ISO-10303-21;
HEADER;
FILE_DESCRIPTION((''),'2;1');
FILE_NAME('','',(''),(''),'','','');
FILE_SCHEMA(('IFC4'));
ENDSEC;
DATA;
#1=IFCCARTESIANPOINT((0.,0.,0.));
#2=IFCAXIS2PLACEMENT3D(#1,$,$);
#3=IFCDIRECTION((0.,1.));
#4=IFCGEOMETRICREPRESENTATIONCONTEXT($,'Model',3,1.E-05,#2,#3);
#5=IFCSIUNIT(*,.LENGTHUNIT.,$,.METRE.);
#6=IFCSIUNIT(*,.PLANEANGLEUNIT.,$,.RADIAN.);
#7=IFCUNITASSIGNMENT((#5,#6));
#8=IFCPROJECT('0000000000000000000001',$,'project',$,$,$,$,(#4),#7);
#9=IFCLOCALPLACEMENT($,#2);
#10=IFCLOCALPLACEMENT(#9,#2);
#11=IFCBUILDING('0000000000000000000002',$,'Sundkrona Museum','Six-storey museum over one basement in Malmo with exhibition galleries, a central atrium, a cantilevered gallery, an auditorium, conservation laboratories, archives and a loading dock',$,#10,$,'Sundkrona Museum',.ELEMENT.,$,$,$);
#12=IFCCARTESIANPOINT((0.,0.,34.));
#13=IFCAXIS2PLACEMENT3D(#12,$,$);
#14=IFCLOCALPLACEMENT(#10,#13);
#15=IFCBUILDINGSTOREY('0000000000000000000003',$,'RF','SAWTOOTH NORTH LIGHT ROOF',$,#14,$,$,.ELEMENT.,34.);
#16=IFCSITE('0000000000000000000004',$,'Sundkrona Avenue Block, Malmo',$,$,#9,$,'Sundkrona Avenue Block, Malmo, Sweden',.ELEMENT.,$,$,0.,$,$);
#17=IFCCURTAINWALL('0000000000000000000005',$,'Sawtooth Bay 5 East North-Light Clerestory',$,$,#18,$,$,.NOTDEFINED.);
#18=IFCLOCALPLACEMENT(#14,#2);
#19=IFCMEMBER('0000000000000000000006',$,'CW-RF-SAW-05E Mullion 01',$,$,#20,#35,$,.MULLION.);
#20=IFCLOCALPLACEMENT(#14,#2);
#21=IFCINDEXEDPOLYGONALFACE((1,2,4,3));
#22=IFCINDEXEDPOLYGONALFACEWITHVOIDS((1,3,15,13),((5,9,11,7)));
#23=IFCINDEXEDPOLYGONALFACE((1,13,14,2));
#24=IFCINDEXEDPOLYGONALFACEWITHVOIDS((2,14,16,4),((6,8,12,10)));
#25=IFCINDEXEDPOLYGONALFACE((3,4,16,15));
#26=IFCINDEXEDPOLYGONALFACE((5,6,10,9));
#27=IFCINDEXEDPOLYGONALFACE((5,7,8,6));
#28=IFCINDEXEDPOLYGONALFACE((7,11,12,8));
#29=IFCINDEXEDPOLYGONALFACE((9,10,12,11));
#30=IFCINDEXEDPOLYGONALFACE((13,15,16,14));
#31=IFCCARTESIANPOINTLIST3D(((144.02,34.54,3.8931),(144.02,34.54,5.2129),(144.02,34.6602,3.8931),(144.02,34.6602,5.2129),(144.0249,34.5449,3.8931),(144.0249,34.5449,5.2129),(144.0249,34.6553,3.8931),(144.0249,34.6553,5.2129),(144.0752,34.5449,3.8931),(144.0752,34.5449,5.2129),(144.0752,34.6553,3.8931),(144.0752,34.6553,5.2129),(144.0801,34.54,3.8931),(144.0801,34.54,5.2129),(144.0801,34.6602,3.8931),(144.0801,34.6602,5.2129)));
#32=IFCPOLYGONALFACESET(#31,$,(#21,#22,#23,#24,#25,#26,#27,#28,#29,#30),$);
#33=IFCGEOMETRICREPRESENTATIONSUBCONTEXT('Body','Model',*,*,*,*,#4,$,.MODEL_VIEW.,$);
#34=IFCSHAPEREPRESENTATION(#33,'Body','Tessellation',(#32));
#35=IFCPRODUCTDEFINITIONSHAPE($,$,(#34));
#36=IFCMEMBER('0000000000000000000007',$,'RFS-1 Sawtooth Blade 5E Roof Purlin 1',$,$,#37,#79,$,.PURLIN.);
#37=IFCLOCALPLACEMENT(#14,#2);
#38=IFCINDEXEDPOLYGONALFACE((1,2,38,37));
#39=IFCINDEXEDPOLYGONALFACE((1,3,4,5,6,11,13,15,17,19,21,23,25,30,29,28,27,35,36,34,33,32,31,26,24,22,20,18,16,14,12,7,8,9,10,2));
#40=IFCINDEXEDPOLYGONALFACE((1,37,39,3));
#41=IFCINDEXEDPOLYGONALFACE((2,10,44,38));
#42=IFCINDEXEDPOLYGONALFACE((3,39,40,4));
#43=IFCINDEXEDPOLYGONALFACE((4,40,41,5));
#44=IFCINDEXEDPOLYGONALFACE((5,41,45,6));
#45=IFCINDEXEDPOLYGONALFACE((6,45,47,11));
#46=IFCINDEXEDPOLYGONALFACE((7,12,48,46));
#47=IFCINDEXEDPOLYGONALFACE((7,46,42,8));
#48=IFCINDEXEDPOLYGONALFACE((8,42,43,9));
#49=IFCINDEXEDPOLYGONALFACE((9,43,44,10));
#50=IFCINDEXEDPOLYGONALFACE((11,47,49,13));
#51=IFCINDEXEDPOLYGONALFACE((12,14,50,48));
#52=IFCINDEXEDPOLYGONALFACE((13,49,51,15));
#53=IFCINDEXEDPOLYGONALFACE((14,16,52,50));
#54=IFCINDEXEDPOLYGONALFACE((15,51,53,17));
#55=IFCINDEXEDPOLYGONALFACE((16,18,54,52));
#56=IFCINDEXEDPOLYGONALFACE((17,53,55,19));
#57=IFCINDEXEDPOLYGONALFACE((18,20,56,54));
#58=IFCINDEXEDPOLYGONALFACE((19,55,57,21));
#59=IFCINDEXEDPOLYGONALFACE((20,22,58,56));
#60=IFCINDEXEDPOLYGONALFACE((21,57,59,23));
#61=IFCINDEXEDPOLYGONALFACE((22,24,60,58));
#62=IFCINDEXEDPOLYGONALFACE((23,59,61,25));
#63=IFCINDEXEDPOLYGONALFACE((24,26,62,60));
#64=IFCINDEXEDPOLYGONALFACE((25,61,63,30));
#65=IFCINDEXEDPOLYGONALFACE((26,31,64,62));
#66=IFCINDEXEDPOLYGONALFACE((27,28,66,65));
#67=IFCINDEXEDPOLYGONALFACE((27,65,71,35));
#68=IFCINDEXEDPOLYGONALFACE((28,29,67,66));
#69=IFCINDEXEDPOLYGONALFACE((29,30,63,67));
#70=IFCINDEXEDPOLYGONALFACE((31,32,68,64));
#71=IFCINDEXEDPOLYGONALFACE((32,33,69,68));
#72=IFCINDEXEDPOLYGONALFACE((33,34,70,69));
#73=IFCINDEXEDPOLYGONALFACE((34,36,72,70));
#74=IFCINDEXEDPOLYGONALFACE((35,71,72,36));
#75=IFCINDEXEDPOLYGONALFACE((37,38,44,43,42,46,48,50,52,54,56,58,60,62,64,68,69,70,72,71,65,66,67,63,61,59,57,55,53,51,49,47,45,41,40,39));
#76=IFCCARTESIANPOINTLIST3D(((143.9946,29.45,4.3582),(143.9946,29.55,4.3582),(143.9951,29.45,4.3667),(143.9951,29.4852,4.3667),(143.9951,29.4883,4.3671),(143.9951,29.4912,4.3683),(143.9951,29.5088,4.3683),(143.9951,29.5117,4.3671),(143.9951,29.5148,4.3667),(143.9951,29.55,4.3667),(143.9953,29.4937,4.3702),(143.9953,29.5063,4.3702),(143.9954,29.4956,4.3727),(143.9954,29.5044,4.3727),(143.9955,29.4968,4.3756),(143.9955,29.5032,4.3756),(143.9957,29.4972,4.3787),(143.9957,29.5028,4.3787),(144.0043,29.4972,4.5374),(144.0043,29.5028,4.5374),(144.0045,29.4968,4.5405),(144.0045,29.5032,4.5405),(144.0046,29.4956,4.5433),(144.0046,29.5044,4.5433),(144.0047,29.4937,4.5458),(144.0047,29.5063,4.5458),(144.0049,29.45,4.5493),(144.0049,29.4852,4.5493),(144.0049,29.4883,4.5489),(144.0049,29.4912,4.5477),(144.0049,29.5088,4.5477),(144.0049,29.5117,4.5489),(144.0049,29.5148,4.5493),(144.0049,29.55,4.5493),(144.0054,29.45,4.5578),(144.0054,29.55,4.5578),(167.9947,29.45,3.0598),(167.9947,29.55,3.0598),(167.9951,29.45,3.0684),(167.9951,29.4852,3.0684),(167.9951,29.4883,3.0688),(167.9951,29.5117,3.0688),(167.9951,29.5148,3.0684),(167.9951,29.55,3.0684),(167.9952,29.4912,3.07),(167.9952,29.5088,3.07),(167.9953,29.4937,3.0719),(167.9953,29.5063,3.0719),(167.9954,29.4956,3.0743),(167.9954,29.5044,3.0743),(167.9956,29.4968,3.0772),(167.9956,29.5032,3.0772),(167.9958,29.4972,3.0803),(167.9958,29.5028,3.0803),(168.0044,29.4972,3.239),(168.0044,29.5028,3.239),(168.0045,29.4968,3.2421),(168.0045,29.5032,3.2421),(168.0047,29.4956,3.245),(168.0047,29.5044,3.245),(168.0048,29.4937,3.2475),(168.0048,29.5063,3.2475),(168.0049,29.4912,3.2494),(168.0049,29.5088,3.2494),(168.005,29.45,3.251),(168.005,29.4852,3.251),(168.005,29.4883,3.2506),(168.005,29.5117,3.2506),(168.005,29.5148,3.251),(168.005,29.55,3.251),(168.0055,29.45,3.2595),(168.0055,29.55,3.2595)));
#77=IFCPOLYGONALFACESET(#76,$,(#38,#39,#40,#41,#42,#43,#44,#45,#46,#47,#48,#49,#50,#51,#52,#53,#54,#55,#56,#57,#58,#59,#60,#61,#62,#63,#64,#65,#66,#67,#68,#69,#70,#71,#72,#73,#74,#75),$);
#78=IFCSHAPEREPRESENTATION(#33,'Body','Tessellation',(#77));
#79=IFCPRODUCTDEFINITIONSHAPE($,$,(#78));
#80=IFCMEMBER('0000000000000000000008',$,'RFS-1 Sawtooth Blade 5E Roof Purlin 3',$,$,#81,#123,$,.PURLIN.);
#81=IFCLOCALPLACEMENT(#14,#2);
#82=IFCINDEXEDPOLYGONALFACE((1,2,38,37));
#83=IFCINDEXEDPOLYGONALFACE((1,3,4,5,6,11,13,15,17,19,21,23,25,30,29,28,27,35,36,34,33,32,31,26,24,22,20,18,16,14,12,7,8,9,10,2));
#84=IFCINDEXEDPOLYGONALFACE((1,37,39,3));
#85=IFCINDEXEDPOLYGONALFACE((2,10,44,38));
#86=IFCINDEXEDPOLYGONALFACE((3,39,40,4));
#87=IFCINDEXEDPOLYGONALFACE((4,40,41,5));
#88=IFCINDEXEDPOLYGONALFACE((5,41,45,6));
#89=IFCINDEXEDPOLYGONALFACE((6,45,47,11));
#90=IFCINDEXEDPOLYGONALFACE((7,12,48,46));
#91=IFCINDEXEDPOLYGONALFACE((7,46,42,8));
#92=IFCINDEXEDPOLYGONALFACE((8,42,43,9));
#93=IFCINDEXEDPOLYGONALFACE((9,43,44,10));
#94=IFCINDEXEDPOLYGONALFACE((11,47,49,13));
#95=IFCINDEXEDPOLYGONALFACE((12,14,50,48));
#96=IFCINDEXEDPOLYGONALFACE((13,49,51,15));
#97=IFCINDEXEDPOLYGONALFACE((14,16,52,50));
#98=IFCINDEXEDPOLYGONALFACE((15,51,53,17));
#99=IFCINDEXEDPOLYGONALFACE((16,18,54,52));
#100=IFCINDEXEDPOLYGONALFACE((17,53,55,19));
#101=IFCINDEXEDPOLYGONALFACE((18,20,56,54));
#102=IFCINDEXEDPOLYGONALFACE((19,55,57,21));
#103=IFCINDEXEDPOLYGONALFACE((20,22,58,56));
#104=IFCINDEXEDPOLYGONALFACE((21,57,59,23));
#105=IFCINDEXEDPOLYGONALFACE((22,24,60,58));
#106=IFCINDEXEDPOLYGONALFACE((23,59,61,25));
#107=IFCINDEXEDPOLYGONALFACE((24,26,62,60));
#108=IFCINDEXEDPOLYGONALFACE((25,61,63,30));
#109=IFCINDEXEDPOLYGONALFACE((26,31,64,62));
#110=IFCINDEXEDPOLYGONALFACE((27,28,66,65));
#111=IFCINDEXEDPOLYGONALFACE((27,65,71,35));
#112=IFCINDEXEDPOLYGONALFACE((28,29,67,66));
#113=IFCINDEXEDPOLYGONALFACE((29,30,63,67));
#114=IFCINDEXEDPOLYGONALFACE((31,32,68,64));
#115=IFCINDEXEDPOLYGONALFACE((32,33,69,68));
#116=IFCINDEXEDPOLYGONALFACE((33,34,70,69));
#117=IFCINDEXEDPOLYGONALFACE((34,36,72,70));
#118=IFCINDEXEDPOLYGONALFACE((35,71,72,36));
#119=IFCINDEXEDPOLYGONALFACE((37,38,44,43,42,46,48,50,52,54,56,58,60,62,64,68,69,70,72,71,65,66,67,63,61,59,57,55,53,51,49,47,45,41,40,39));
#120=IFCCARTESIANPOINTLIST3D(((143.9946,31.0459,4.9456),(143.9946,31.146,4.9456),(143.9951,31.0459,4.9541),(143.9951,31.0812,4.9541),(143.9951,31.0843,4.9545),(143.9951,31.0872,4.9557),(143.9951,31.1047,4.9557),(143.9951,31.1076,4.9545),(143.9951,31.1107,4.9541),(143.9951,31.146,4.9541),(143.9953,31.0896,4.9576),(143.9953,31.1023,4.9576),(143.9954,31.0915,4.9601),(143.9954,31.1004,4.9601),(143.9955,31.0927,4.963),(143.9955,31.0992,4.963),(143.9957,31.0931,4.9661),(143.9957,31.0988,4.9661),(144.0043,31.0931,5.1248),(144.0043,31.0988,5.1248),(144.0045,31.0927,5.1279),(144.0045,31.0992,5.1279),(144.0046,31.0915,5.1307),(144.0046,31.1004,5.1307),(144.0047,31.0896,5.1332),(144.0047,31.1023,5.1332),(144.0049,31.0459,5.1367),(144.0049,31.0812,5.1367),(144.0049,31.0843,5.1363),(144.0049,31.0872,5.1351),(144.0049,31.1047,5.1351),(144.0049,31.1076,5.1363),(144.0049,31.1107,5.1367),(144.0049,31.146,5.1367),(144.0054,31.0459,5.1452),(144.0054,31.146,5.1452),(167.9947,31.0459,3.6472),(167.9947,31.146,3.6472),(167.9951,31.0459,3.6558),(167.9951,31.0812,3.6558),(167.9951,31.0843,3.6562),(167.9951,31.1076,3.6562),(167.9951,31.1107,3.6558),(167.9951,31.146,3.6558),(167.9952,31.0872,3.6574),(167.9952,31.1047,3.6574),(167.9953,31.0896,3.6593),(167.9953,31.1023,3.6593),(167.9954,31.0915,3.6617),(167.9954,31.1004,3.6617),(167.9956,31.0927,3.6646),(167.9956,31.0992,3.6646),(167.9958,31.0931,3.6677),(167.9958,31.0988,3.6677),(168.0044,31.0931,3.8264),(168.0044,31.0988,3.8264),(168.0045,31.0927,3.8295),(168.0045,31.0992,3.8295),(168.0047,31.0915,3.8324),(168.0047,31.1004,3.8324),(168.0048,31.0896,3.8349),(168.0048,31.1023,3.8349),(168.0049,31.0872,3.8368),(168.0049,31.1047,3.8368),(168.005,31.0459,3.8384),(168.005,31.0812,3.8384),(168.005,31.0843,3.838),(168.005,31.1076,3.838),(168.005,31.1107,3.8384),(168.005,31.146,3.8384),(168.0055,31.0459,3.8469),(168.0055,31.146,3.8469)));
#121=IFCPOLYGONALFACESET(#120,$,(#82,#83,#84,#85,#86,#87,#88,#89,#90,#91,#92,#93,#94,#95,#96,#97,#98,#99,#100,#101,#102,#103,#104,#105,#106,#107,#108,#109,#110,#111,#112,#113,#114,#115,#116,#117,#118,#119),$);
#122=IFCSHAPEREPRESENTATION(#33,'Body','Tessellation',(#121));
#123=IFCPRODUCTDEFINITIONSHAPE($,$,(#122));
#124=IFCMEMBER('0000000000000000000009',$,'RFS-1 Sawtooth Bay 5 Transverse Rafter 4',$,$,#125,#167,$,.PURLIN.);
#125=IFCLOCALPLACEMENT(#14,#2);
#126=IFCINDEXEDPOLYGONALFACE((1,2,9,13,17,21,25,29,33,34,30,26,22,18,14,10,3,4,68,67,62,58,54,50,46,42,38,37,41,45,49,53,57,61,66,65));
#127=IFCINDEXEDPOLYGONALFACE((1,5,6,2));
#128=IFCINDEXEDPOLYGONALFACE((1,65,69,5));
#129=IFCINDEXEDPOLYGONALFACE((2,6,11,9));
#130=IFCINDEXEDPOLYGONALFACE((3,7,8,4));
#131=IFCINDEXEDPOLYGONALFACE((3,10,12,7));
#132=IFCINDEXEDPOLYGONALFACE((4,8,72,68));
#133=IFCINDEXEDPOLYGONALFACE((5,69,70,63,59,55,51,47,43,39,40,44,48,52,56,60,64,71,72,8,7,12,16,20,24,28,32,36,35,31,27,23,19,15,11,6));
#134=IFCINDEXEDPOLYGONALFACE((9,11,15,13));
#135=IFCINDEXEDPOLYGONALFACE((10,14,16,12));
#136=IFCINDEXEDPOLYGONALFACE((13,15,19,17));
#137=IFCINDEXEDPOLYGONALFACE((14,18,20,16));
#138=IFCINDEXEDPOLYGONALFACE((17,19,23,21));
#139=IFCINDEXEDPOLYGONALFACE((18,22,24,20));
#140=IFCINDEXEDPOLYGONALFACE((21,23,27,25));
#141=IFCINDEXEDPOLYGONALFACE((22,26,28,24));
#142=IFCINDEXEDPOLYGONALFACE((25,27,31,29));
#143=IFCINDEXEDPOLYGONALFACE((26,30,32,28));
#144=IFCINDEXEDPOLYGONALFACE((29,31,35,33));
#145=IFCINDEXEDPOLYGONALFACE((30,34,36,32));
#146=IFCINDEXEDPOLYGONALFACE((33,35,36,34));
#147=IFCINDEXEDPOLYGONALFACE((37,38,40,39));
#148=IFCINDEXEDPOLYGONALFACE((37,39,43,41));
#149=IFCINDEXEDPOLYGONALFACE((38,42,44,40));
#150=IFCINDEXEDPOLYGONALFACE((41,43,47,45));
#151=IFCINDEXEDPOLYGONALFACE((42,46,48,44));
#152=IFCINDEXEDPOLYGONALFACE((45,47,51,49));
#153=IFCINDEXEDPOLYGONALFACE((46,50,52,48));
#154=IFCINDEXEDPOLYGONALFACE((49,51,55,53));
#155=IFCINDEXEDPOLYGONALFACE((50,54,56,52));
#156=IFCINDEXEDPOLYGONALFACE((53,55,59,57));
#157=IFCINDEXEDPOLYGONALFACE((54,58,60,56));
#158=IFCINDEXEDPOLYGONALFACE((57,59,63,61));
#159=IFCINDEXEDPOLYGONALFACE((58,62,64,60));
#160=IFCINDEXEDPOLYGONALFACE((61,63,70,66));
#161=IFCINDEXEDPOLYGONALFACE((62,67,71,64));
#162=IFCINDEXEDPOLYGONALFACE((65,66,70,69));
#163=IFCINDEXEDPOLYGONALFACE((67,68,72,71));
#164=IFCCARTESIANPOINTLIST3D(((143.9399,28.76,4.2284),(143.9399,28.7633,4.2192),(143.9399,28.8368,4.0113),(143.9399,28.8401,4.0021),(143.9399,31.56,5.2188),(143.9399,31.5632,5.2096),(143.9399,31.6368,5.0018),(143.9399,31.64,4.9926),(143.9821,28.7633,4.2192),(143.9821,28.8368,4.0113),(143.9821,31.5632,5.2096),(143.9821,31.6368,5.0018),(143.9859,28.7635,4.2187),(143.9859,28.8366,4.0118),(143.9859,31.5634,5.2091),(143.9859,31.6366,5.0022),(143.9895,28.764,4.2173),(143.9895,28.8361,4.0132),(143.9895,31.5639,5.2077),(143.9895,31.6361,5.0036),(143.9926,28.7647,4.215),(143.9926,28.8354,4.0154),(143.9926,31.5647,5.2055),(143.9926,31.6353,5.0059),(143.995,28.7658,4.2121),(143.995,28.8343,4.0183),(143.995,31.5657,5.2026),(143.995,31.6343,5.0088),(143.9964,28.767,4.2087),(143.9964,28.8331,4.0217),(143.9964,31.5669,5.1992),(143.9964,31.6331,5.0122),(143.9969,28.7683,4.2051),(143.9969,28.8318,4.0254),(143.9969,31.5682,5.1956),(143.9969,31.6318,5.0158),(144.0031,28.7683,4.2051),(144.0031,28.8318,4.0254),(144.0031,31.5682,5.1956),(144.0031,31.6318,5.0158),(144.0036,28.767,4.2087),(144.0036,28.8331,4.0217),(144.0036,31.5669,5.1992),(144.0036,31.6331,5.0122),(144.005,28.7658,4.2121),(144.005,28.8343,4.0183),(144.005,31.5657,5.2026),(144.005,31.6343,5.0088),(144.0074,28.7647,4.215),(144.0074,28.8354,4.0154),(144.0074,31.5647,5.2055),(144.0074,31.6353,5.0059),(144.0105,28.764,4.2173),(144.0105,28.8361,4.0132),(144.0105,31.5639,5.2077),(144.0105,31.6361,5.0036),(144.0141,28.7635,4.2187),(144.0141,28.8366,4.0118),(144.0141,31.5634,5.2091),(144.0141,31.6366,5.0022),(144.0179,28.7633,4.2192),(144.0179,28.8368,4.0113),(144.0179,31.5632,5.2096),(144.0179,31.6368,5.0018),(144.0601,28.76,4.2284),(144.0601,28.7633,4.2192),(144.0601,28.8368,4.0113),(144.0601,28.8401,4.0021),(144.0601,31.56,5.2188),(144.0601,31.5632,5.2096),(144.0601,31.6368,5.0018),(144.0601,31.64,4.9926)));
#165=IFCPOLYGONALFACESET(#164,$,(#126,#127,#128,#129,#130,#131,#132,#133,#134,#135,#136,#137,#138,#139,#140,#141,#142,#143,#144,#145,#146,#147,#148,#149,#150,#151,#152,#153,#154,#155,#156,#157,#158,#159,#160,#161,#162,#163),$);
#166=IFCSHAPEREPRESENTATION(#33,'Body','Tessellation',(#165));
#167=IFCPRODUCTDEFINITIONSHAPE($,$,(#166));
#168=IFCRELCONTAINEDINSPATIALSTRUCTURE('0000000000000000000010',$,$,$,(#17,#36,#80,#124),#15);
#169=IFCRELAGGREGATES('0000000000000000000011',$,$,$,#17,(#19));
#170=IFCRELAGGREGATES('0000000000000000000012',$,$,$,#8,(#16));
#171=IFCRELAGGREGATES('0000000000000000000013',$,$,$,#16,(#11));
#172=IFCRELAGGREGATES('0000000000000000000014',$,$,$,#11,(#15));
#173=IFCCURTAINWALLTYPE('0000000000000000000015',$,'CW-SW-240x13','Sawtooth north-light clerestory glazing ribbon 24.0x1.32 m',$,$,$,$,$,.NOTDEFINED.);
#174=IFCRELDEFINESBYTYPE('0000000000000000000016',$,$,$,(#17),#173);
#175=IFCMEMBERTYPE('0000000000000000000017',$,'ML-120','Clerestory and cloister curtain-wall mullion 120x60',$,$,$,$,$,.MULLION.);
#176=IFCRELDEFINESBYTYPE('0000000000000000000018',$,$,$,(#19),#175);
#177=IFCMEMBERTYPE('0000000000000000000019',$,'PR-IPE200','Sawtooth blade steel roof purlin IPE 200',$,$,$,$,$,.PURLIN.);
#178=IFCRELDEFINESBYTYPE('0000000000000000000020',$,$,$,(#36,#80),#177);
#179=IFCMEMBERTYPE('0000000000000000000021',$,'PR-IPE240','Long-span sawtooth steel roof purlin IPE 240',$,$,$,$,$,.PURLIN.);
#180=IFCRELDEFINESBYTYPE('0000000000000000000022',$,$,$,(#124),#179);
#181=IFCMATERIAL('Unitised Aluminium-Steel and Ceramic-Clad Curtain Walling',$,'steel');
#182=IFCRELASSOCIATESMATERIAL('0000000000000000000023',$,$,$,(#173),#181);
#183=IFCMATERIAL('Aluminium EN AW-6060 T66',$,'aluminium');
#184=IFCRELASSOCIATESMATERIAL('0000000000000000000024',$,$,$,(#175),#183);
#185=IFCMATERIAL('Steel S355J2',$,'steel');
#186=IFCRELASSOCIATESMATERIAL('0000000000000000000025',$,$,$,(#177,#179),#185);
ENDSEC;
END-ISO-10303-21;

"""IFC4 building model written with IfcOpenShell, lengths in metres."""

from ifc_helpers import new_model, si_unit, direction, frame, origin, origin_2d, place, context, subcontext, project, spatial, hollow_rectangle, i_section, extrude, material, material_profile, profile_set, type_object, element, aggregate, save


model = new_model("IFC4")

# Units and contexts
model_context = context("Model", 3, precision=1e-05, world=origin(), true_north=direction((0.0, 1.0)))
body_context = subcontext(model_context, "Body", "Model", "MODEL_VIEW")
ifc_project = project(units=[si_unit("LENGTHUNIT", "METRE"), si_unit("PLANEANGLEUNIT", "RADIAN")], contexts=[model_context])

# Site, building, storey
site_placement = place(None, origin())
site = spatial("IfcSite", under=ifc_project, at=site_placement, Name="Sundkrona Avenue Block, Malmo", LongName="Sundkrona Avenue Block, Malmo, Sweden", CompositionType="ELEMENT", RefElevation=0.0)
building_placement = place(site_placement, origin())
building = spatial("IfcBuilding", under=site, at=building_placement, Name="Sundkrona Museum", Description="Six-storey museum over one basement in Malmo with exhibition galleries, a central atrium, a cantilevered gallery, an auditorium, conservation laboratories, archives and a loading dock", LongName="Sundkrona Museum", CompositionType="ELEMENT")
storey_placement = place(building_placement, frame((0.0, 0.0, 34.0)))
storey = spatial("IfcBuildingStorey", under=building, at=storey_placement, Name="RF", Description="SAWTOOTH NORTH LIGHT ROOF", CompositionType="ELEMENT", Elevation=34.0)

# Curtain wall, member
ifc_material_1 = material(Name="Unitised Aluminium-Steel and Ceramic-Clad Curtain Walling", Category="steel")
curtain_wall_type = type_object("IfcCurtainWallType", Name="CW-SW-240x13", Description="Sawtooth north-light clerestory glazing ribbon 24.0x1.32 m", PredefinedType="NOTDEFINED", material=ifc_material_1)
curtain_wall_1_placement = place(storey_placement, origin())
curtain_wall_1 = element("IfcCurtainWall", 1, at=curtain_wall_1_placement, inside=storey, type_object=curtain_wall_type, Name="Sawtooth Bay 5 East North-Light Clerestory", PredefinedType="NOTDEFINED")
ifc_material_2 = material(Name="Aluminium EN AW-6060 T66", Category="aluminium")
ifc_material_profile_1 = material_profile(ifc_material_2, hollow_rectangle(XDim=0.0601, YDim=0.1201, WallThickness=0.0049, at=origin_2d()), Name="RHS 120x60x5.0")
ifc_profile_set_1 = profile_set([ifc_material_profile_1], Name="Aluminium EN AW-6060 T66")
member_type_1 = type_object("IfcMemberType", Name="ML-120", Description="Clerestory and cloister curtain-wall mullion 120x60", PredefinedType="MULLION", material=ifc_profile_set_1)
member_1_placement = place(storey_placement, frame((144.05, 34.6001, 3.8931), z_axis=(0.0, 0.0, 1.0), x_axis=(1.0, 0.0, 0.0)))
member_1 = element("IfcMember", 2, at=member_1_placement, type_object=member_type_1, Name="CW-RF-SAW-05E Mullion 01", PredefinedType="MULLION", context=body_context, shape_type="SweptSolid", body=[
    extrude(hollow_rectangle(XDim=0.0601, YDim=0.1201, WallThickness=0.0049, at=origin_2d()), origin(), (0.0, 0.0, 1.0), 1.3198),
])

# Members
ifc_material_3 = material(Name="Steel S355J2", Category="steel")
ifc_material_profile_2 = material_profile(ifc_material_3, i_section(OverallWidth=0.1001, OverallDepth=0.2, WebThickness=0.0056, FlangeThickness=0.0085, FilletRadius=0.012, at=origin_2d()), Name="IPE 200")
ifc_profile_set_2 = profile_set([ifc_material_profile_2], Name="Steel S355J2")
member_type_2 = type_object("IfcMemberType", Name="PR-IPE200", Description="Sawtooth blade steel roof purlin IPE 200", PredefinedType="PURLIN", material=ifc_profile_set_2)
for number, where, z_axis, x_axis, name in (
    (3, (144.0, 29.5, 4.458), (0.99854, 0.0, -0.054019), (0.0, 1.0, 0.0), "RFS-1 Sawtooth Blade 5E Roof Purlin 1"),
    (4, (144.0, 31.0959, 5.0454), (0.99854, 0.0, -0.054019), (0.0, 1.0, 0.0), "RFS-1 Sawtooth Blade 5E Roof Purlin 3"),
):
    element("IfcMember", number, at=place(storey_placement, frame(where, z_axis=z_axis, x_axis=x_axis)), inside=storey, type_object=member_type_2, Name=name, PredefinedType="PURLIN", context=body_context, shape_type="SweptSolid", body=[
        extrude(i_section(OverallWidth=0.1001, OverallDepth=0.2, WebThickness=0.0056, FlangeThickness=0.0085, FilletRadius=0.012, at=origin_2d()), origin(), (0.0, 0.0, 1.0), 24.0352),
    ])
ifc_material_profile_3 = material_profile(ifc_material_3, i_section(OverallWidth=0.1201, OverallDepth=0.24, WebThickness=0.0061, FlangeThickness=0.0098, FilletRadius=0.0149, at=origin_2d()), Name="IPE 240")
ifc_profile_set_3 = profile_set([ifc_material_profile_3], Name="Steel S355J2")
member_type_3 = type_object("IfcMemberType", Name="PR-IPE240", Description="Long-span sawtooth steel roof purlin IPE 240", PredefinedType="PURLIN", material=ifc_profile_set_3)
member_2_placement = place(storey_placement, frame((144.0, 28.8, 4.1152), z_axis=(0.0, 0.942755, 0.333486), x_axis=(-1.0, 0.0, 0.0)))
element("IfcMember", 5, at=member_2_placement, inside=storey, type_object=member_type_3, Name="RFS-1 Sawtooth Bay 5 Transverse Rafter 4", PredefinedType="PURLIN", context=body_context, shape_type="SweptSolid", body=[
    extrude(i_section(OverallWidth=0.1201, OverallDepth=0.24, WebThickness=0.0061, FlangeThickness=0.0098, FilletRadius=0.0149, at=origin_2d()), origin(), (0.0, 0.0, 1.0), 2.97),
])

aggregate(curtain_wall_1, [member_1])

save(model, "model.ifc")
